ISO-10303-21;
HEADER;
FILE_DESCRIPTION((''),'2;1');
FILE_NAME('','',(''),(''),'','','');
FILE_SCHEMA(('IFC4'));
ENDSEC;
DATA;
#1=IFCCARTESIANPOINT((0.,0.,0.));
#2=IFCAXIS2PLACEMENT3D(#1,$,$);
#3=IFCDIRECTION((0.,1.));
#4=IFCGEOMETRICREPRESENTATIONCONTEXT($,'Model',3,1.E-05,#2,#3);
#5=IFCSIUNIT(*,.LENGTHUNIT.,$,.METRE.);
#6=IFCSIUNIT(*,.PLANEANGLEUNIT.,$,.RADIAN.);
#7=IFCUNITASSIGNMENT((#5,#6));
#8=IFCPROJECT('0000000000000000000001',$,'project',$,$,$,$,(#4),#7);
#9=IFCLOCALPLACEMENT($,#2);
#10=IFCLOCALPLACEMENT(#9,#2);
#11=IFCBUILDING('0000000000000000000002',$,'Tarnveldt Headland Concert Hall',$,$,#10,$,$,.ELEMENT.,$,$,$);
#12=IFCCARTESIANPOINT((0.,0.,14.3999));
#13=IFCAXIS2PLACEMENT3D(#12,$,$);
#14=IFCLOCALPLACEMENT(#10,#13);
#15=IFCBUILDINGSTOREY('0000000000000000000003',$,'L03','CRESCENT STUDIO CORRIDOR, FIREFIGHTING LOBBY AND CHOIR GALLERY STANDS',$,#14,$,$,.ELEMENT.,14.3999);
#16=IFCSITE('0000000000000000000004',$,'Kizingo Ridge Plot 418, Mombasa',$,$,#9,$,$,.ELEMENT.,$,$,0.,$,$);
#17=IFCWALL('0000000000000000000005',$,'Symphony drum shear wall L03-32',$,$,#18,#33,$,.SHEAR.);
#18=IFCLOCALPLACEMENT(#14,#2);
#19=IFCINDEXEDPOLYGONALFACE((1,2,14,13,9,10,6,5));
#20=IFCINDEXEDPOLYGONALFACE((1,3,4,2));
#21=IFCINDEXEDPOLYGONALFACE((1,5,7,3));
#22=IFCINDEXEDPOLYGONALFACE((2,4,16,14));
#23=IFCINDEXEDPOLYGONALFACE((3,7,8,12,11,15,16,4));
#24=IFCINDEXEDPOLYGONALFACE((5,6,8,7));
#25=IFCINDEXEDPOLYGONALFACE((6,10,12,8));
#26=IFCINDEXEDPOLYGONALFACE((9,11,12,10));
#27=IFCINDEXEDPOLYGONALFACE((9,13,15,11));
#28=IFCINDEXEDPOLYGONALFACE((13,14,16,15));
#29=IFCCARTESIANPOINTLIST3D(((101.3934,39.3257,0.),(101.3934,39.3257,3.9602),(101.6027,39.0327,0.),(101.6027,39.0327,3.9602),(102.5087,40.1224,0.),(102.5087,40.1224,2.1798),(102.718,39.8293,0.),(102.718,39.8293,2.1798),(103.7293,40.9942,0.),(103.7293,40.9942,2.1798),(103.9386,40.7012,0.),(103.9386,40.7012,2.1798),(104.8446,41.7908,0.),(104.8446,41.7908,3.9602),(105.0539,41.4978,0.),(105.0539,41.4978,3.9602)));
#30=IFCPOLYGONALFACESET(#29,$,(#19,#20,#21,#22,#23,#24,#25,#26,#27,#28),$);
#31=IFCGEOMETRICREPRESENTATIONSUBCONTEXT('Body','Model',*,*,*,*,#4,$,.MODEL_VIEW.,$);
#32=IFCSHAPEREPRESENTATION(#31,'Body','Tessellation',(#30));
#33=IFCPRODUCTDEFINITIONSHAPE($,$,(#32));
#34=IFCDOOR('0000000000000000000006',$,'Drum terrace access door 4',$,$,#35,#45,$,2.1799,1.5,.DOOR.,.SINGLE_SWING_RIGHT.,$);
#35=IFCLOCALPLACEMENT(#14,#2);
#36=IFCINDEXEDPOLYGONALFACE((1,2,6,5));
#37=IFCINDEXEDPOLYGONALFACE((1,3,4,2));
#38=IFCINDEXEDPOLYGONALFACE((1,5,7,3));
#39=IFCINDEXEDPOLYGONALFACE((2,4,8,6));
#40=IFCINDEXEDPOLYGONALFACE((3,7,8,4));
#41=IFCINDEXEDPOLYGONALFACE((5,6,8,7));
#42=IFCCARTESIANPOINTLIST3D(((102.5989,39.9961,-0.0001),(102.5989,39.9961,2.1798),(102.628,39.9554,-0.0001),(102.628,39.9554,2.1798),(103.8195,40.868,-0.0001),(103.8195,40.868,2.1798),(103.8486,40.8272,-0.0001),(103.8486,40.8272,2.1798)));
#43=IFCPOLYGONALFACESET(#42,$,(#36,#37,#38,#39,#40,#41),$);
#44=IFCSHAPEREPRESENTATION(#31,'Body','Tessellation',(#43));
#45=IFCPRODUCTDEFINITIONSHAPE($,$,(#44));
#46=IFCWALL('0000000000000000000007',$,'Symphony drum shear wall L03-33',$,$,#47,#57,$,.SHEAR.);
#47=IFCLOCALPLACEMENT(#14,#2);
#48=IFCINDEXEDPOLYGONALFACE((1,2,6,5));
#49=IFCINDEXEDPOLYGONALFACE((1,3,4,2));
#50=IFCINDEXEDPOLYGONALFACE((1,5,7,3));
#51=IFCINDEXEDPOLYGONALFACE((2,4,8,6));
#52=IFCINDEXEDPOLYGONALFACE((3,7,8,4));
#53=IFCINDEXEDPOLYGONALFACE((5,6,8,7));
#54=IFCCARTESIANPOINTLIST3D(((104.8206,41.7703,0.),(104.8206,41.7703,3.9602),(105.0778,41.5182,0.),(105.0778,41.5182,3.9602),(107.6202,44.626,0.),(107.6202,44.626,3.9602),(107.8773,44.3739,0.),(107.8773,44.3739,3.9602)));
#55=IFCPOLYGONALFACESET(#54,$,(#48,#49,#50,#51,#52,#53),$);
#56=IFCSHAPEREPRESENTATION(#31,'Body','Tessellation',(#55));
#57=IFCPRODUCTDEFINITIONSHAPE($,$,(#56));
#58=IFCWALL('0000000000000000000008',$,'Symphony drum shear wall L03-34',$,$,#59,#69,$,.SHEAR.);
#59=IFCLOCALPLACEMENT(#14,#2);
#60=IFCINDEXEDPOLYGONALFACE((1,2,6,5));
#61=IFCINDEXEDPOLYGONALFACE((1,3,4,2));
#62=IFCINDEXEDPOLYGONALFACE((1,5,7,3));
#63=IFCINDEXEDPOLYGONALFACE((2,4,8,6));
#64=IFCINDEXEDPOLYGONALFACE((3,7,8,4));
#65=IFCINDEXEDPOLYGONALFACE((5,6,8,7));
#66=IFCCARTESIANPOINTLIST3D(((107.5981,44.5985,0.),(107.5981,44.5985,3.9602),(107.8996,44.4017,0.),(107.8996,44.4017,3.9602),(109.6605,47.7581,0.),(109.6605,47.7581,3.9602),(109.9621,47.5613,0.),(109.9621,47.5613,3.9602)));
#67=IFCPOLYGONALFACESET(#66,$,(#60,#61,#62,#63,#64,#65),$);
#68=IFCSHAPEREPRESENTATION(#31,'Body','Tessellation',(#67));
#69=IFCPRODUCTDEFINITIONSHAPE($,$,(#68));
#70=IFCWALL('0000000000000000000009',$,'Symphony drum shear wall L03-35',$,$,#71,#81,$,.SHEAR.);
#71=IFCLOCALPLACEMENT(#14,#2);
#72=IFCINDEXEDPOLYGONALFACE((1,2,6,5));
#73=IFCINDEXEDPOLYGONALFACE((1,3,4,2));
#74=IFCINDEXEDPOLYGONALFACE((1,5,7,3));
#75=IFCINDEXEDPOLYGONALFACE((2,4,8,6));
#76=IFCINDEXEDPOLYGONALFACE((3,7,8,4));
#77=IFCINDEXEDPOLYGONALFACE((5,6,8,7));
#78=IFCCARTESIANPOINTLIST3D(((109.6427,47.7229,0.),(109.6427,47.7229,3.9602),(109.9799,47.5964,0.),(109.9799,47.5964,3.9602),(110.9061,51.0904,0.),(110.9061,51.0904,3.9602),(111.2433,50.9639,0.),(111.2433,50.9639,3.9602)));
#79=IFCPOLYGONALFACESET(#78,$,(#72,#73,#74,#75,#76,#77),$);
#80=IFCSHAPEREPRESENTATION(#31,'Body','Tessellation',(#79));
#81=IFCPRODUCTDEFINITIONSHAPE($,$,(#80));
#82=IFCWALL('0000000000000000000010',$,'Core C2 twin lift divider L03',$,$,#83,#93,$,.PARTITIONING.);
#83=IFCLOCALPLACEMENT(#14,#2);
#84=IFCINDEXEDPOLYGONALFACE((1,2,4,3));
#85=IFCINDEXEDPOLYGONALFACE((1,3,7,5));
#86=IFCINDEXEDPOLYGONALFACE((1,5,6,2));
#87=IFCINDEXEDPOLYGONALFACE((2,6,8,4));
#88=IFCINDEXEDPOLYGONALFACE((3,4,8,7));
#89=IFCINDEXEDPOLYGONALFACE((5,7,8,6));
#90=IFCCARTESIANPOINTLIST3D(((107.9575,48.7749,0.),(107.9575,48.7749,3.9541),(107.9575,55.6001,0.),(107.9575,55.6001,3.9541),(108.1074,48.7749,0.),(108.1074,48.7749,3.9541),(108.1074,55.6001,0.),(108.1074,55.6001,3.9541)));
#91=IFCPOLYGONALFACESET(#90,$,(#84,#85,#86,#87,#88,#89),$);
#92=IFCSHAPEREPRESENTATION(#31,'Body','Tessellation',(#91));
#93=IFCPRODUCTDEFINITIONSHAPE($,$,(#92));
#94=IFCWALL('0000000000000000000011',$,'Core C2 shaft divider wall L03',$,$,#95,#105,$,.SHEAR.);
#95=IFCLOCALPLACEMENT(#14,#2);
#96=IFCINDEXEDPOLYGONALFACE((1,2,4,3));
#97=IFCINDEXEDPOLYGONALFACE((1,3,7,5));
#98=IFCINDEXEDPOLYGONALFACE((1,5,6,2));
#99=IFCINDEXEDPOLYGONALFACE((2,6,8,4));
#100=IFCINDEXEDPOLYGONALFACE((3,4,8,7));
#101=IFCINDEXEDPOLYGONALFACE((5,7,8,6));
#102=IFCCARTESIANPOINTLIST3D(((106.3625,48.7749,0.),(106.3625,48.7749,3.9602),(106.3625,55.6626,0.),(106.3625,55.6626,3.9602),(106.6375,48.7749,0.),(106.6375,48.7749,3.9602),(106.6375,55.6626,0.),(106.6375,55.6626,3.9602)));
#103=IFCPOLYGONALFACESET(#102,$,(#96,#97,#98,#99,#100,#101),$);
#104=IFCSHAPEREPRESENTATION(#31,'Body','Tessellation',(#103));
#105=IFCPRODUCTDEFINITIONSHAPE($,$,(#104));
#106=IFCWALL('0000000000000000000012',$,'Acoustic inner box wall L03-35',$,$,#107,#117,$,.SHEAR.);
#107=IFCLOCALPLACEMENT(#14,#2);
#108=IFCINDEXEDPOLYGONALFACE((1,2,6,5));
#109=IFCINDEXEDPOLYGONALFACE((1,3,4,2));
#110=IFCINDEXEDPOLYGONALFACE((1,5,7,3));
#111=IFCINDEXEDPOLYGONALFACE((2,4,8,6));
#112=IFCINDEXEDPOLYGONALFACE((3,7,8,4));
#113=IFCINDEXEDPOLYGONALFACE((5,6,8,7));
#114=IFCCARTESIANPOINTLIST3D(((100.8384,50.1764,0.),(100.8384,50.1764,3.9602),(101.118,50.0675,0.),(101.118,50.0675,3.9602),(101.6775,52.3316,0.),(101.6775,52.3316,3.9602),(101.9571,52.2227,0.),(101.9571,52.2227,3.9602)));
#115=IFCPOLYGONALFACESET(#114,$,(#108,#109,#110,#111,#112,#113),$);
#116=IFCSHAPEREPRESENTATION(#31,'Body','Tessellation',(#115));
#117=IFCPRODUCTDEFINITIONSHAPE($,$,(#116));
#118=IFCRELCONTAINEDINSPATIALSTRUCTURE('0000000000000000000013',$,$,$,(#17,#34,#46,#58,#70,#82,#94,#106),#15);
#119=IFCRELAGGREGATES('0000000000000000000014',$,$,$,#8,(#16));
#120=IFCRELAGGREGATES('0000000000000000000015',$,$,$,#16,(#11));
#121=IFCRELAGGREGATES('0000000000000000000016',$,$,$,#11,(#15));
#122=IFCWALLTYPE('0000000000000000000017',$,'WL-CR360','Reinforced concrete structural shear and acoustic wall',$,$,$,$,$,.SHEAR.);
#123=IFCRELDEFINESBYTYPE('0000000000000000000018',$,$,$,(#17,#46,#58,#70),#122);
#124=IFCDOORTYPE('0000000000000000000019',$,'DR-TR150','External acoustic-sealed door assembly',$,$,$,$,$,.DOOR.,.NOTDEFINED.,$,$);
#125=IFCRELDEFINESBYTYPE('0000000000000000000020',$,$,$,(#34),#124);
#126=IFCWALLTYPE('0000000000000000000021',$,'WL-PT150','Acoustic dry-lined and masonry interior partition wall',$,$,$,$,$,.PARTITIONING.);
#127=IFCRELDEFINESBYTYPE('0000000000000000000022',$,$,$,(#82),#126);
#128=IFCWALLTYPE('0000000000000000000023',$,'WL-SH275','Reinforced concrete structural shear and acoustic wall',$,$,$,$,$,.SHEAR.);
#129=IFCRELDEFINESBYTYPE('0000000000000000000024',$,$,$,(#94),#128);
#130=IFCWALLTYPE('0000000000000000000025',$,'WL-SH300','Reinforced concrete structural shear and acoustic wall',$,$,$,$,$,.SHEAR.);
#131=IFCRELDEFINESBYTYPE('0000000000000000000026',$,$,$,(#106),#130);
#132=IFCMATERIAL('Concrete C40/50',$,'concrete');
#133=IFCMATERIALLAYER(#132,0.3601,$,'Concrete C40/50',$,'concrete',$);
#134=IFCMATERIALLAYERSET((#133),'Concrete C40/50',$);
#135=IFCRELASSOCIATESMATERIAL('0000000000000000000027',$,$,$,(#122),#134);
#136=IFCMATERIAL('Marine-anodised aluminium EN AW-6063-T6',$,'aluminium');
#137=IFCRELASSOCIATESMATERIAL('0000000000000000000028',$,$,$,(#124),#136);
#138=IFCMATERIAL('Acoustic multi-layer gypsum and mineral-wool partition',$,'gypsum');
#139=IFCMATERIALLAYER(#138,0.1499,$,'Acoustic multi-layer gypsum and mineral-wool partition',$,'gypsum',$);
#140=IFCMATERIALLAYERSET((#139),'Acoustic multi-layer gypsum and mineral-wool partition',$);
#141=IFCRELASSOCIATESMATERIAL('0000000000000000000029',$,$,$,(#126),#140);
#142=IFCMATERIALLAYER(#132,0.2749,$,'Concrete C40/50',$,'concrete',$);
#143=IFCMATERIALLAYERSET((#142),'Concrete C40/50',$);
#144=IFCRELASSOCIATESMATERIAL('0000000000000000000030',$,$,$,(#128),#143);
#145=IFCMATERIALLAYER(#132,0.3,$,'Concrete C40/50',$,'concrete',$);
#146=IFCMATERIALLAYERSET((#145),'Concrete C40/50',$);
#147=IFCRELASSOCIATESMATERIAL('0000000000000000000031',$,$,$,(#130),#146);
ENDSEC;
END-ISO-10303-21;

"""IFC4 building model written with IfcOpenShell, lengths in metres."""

from ifc_helpers import new_model, si_unit, direction, frame, frame_2d, origin, place, context, subcontext, project, spatial, rectangle, extrude, material, layer, layer_set, type_object, element, fill, save


model = new_model("IFC4")

# Units and contexts
model_context = context("Model", 3, precision=1e-05, world=origin(), true_north=direction((0.0, 1.0)))
body_context = subcontext(model_context, "Body", "Model", "MODEL_VIEW")
ifc_project = project(units=[si_unit("LENGTHUNIT", "METRE"), si_unit("PLANEANGLEUNIT", "RADIAN")], contexts=[model_context])

# Site, building, storey
site_placement = place(None, origin())
site = spatial("IfcSite", under=ifc_project, at=site_placement, Name="Kizingo Ridge Plot 418, Mombasa", CompositionType="ELEMENT", RefElevation=0.0)
building_placement = place(site_placement, origin())
building = spatial("IfcBuilding", under=site, at=building_placement, Name="Tarnveldt Headland Concert Hall", CompositionType="ELEMENT")
storey_placement = place(building_placement, frame((0.0, 0.0, 14.3999)))
storey = spatial("IfcBuildingStorey", under=building, at=storey_placement, Name="L03", Description="CRESCENT STUDIO CORRIDOR, FIREFIGHTING LOBBY AND CHOIR GALLERY STANDS", CompositionType="ELEMENT", Elevation=14.3999)

# Shared definitions
ifc_material_1 = material(Name="Concrete C40/50", Category="concrete")

# Wall, opening, door
ifc_layer_1 = layer(ifc_material_1, 0.3601, Name="Concrete C40/50", Category="concrete")
ifc_layer_set_1 = layer_set([ifc_layer_1], Name="Concrete C40/50")
wall_type_1 = type_object("IfcWallType", Name="WL-CR360", Description="Reinforced concrete structural shear and acoustic wall", PredefinedType="SHEAR", material=ifc_layer_set_1)
wall_1_placement = place(storey_placement, frame((101.498, 39.1792, 0.0), z_axis=(0.0, 0.0, 1.0), x_axis=(0.813737, 0.581233, 0.0)))
wall_1 = element("IfcWall", 1, at=wall_1_placement, inside=storey, type_object=wall_type_1, Name="Symphony drum shear wall L03-32", PredefinedType="SHEAR", context=body_context, shape_type="SweptSolid", body=[
    extrude(rectangle(XDim=4.2412, YDim=0.3601, at=frame_2d((2.1206, 0.0))), origin(), (0.0, 0.0, 1.0), 3.9602),
])
opening_placement = place(wall_1_placement, frame((1.3706, 0.0, 0.0)))
opening = element("IfcOpeningElement", 2, at=opening_placement, cuts=wall_1, PredefinedType="OPENING", context=body_context, shape_type="SweptSolid", body=[
    extrude(rectangle(XDim=1.5, YDim=2.1799, at=frame_2d((0.75, 1.0898))), frame((0.0, 0.1899, 0.0), z_axis=(0.0, -1.0, 0.0), x_axis=(1.0, 0.0, 0.0)), (0.0, 0.0, 1.0), 0.3801),
])
ifc_material_2 = material(Name="Marine-anodised aluminium EN AW-6063-T6", Category="aluminium")
door_type = type_object("IfcDoorType", Name="DR-TR150", Description="External acoustic-sealed door assembly", OperationType="NOTDEFINED", PredefinedType="DOOR", material=ifc_material_2)
door_placement = place(opening_placement, origin())
door = element("IfcDoor", 3, at=door_placement, inside=storey, type_object=door_type, Name="Drum terrace access door 4", OperationType="SINGLE_SWING_RIGHT", OverallHeight=2.1799, OverallWidth=1.5, PredefinedType="DOOR", context=body_context, shape_type="SweptSolid", body=[
    extrude(rectangle(XDim=1.5, YDim=2.1799, at=frame_2d((0.75, 1.0898))), frame((0.0, 0.0249, 0.0), z_axis=(0.0, -1.0, 0.0), x_axis=(1.0, 0.0, 0.0)), (0.0, 0.0, 1.0), 0.05),
])
fill(opening, door)

# Walls
wall_2_placement = place(storey_placement, frame((104.9492, 41.6443, 0.0), z_axis=(0.0, 0.0, 1.0), x_axis=(0.700051, 0.714093, 0.0)))
element("IfcWall", 4, at=wall_2_placement, inside=storey, type_object=wall_type_1, Name="Symphony drum shear wall L03-33", PredefinedType="SHEAR", context=body_context, shape_type="SweptSolid", body=[
    extrude(rectangle(XDim=3.999, YDim=0.3601, at=frame_2d((1.9995, 0.0))), origin(), (0.0, 0.0, 1.0), 3.9602),
])
wall_3_placement = place(storey_placement, frame((107.7488, 44.5, 0.0), z_axis=(0.0, 0.0, 1.0), x_axis=(0.546611, 0.837387, 0.0)))
element("IfcWall", 5, at=wall_3_placement, inside=storey, type_object=wall_type_1, Name="Symphony drum shear wall L03-34", PredefinedType="SHEAR", context=body_context, shape_type="SweptSolid", body=[
    extrude(rectangle(XDim=3.7732, YDim=0.3601, at=frame_2d((1.8867, 0.0))), origin(), (0.0, 0.0, 1.0), 3.9602),
])
wall_4_placement = place(storey_placement, frame((109.8113, 47.6597, 0.0), z_axis=(0.0, 0.0, 1.0), x_axis=(0.35128, 0.936271, 0.0)))
element("IfcWall", 6, at=wall_4_placement, inside=storey, type_object=wall_type_1, Name="Symphony drum shear wall L03-35", PredefinedType="SHEAR", context=body_context, shape_type="SweptSolid", body=[
    extrude(rectangle(XDim=3.5967, YDim=0.3601, at=frame_2d((1.7983, 0.0))), origin(), (0.0, 0.0, 1.0), 3.9602),
])
ifc_material_3 = material(Name="Acoustic multi-layer gypsum and mineral-wool partition", Category="gypsum")
ifc_layer_2 = layer(ifc_material_3, 0.1499, Name="Acoustic multi-layer gypsum and mineral-wool partition", Category="gypsum")
ifc_layer_set_2 = layer_set([ifc_layer_2], Name="Acoustic multi-layer gypsum and mineral-wool partition")
wall_type_2 = type_object("IfcWallType", Name="WL-PT150", Description="Acoustic dry-lined and masonry interior partition wall", PredefinedType="PARTITIONING", material=ifc_layer_set_2)
wall_5_placement = place(storey_placement, frame((108.0325, 48.7749, 0.0), z_axis=(0.0, 0.0, 1.0), x_axis=(0.0, 1.0, 0.0)))
element("IfcWall", 7, at=wall_5_placement, inside=storey, type_object=wall_type_2, Name="Core C2 twin lift divider L03", PredefinedType="PARTITIONING", context=body_context, shape_type="SweptSolid", body=[
    extrude(rectangle(XDim=6.8252, YDim=0.1499, at=frame_2d((3.4126, 0.0))), origin(), (0.0, 0.0, 1.0), 3.9541),
])
ifc_layer_3 = layer(ifc_material_1, 0.2749, Name="Concrete C40/50", Category="concrete")
ifc_layer_set_3 = layer_set([ifc_layer_3], Name="Concrete C40/50")
wall_type_3 = type_object("IfcWallType", Name="WL-SH275", Description="Reinforced concrete structural shear and acoustic wall", PredefinedType="SHEAR", material=ifc_layer_set_3)
wall_6_placement = place(storey_placement, frame((106.5, 48.7749, 0.0), z_axis=(0.0, 0.0, 1.0), x_axis=(0.0, 1.0, 0.0)))
element("IfcWall", 8, at=wall_6_placement, inside=storey, type_object=wall_type_3, Name="Core C2 shaft divider wall L03", PredefinedType="SHEAR", context=body_context, shape_type="SweptSolid", body=[
    extrude(rectangle(XDim=6.8877, YDim=0.2749, at=frame_2d((3.4438, 0.0))), origin(), (0.0, 0.0, 1.0), 3.9602),
])
ifc_layer_4 = layer(ifc_material_1, 0.3, Name="Concrete C40/50", Category="concrete")
ifc_layer_set_4 = layer_set([ifc_layer_4], Name="Concrete C40/50")
wall_type_4 = type_object("IfcWallType", Name="WL-SH300", Description="Reinforced concrete structural shear and acoustic wall", PredefinedType="SHEAR", material=ifc_layer_set_4)
wall_7_placement = place(storey_placement, frame((100.9783, 50.1221, 0.0), z_axis=(0.0, 0.0, 1.0), x_axis=(0.362803, 0.931866, 0.0)))
element("IfcWall", 9, at=wall_7_placement, inside=storey, type_object=wall_type_4, Name="Acoustic inner box wall L03-35", PredefinedType="SHEAR", context=body_context, shape_type="SweptSolid", body=[
    extrude(rectangle(XDim=2.3127, YDim=0.3, at=frame_2d((1.1562, 0.0))), origin(), (0.0, 0.0, 1.0), 3.9602),
])

save(model, "model.ifc")
